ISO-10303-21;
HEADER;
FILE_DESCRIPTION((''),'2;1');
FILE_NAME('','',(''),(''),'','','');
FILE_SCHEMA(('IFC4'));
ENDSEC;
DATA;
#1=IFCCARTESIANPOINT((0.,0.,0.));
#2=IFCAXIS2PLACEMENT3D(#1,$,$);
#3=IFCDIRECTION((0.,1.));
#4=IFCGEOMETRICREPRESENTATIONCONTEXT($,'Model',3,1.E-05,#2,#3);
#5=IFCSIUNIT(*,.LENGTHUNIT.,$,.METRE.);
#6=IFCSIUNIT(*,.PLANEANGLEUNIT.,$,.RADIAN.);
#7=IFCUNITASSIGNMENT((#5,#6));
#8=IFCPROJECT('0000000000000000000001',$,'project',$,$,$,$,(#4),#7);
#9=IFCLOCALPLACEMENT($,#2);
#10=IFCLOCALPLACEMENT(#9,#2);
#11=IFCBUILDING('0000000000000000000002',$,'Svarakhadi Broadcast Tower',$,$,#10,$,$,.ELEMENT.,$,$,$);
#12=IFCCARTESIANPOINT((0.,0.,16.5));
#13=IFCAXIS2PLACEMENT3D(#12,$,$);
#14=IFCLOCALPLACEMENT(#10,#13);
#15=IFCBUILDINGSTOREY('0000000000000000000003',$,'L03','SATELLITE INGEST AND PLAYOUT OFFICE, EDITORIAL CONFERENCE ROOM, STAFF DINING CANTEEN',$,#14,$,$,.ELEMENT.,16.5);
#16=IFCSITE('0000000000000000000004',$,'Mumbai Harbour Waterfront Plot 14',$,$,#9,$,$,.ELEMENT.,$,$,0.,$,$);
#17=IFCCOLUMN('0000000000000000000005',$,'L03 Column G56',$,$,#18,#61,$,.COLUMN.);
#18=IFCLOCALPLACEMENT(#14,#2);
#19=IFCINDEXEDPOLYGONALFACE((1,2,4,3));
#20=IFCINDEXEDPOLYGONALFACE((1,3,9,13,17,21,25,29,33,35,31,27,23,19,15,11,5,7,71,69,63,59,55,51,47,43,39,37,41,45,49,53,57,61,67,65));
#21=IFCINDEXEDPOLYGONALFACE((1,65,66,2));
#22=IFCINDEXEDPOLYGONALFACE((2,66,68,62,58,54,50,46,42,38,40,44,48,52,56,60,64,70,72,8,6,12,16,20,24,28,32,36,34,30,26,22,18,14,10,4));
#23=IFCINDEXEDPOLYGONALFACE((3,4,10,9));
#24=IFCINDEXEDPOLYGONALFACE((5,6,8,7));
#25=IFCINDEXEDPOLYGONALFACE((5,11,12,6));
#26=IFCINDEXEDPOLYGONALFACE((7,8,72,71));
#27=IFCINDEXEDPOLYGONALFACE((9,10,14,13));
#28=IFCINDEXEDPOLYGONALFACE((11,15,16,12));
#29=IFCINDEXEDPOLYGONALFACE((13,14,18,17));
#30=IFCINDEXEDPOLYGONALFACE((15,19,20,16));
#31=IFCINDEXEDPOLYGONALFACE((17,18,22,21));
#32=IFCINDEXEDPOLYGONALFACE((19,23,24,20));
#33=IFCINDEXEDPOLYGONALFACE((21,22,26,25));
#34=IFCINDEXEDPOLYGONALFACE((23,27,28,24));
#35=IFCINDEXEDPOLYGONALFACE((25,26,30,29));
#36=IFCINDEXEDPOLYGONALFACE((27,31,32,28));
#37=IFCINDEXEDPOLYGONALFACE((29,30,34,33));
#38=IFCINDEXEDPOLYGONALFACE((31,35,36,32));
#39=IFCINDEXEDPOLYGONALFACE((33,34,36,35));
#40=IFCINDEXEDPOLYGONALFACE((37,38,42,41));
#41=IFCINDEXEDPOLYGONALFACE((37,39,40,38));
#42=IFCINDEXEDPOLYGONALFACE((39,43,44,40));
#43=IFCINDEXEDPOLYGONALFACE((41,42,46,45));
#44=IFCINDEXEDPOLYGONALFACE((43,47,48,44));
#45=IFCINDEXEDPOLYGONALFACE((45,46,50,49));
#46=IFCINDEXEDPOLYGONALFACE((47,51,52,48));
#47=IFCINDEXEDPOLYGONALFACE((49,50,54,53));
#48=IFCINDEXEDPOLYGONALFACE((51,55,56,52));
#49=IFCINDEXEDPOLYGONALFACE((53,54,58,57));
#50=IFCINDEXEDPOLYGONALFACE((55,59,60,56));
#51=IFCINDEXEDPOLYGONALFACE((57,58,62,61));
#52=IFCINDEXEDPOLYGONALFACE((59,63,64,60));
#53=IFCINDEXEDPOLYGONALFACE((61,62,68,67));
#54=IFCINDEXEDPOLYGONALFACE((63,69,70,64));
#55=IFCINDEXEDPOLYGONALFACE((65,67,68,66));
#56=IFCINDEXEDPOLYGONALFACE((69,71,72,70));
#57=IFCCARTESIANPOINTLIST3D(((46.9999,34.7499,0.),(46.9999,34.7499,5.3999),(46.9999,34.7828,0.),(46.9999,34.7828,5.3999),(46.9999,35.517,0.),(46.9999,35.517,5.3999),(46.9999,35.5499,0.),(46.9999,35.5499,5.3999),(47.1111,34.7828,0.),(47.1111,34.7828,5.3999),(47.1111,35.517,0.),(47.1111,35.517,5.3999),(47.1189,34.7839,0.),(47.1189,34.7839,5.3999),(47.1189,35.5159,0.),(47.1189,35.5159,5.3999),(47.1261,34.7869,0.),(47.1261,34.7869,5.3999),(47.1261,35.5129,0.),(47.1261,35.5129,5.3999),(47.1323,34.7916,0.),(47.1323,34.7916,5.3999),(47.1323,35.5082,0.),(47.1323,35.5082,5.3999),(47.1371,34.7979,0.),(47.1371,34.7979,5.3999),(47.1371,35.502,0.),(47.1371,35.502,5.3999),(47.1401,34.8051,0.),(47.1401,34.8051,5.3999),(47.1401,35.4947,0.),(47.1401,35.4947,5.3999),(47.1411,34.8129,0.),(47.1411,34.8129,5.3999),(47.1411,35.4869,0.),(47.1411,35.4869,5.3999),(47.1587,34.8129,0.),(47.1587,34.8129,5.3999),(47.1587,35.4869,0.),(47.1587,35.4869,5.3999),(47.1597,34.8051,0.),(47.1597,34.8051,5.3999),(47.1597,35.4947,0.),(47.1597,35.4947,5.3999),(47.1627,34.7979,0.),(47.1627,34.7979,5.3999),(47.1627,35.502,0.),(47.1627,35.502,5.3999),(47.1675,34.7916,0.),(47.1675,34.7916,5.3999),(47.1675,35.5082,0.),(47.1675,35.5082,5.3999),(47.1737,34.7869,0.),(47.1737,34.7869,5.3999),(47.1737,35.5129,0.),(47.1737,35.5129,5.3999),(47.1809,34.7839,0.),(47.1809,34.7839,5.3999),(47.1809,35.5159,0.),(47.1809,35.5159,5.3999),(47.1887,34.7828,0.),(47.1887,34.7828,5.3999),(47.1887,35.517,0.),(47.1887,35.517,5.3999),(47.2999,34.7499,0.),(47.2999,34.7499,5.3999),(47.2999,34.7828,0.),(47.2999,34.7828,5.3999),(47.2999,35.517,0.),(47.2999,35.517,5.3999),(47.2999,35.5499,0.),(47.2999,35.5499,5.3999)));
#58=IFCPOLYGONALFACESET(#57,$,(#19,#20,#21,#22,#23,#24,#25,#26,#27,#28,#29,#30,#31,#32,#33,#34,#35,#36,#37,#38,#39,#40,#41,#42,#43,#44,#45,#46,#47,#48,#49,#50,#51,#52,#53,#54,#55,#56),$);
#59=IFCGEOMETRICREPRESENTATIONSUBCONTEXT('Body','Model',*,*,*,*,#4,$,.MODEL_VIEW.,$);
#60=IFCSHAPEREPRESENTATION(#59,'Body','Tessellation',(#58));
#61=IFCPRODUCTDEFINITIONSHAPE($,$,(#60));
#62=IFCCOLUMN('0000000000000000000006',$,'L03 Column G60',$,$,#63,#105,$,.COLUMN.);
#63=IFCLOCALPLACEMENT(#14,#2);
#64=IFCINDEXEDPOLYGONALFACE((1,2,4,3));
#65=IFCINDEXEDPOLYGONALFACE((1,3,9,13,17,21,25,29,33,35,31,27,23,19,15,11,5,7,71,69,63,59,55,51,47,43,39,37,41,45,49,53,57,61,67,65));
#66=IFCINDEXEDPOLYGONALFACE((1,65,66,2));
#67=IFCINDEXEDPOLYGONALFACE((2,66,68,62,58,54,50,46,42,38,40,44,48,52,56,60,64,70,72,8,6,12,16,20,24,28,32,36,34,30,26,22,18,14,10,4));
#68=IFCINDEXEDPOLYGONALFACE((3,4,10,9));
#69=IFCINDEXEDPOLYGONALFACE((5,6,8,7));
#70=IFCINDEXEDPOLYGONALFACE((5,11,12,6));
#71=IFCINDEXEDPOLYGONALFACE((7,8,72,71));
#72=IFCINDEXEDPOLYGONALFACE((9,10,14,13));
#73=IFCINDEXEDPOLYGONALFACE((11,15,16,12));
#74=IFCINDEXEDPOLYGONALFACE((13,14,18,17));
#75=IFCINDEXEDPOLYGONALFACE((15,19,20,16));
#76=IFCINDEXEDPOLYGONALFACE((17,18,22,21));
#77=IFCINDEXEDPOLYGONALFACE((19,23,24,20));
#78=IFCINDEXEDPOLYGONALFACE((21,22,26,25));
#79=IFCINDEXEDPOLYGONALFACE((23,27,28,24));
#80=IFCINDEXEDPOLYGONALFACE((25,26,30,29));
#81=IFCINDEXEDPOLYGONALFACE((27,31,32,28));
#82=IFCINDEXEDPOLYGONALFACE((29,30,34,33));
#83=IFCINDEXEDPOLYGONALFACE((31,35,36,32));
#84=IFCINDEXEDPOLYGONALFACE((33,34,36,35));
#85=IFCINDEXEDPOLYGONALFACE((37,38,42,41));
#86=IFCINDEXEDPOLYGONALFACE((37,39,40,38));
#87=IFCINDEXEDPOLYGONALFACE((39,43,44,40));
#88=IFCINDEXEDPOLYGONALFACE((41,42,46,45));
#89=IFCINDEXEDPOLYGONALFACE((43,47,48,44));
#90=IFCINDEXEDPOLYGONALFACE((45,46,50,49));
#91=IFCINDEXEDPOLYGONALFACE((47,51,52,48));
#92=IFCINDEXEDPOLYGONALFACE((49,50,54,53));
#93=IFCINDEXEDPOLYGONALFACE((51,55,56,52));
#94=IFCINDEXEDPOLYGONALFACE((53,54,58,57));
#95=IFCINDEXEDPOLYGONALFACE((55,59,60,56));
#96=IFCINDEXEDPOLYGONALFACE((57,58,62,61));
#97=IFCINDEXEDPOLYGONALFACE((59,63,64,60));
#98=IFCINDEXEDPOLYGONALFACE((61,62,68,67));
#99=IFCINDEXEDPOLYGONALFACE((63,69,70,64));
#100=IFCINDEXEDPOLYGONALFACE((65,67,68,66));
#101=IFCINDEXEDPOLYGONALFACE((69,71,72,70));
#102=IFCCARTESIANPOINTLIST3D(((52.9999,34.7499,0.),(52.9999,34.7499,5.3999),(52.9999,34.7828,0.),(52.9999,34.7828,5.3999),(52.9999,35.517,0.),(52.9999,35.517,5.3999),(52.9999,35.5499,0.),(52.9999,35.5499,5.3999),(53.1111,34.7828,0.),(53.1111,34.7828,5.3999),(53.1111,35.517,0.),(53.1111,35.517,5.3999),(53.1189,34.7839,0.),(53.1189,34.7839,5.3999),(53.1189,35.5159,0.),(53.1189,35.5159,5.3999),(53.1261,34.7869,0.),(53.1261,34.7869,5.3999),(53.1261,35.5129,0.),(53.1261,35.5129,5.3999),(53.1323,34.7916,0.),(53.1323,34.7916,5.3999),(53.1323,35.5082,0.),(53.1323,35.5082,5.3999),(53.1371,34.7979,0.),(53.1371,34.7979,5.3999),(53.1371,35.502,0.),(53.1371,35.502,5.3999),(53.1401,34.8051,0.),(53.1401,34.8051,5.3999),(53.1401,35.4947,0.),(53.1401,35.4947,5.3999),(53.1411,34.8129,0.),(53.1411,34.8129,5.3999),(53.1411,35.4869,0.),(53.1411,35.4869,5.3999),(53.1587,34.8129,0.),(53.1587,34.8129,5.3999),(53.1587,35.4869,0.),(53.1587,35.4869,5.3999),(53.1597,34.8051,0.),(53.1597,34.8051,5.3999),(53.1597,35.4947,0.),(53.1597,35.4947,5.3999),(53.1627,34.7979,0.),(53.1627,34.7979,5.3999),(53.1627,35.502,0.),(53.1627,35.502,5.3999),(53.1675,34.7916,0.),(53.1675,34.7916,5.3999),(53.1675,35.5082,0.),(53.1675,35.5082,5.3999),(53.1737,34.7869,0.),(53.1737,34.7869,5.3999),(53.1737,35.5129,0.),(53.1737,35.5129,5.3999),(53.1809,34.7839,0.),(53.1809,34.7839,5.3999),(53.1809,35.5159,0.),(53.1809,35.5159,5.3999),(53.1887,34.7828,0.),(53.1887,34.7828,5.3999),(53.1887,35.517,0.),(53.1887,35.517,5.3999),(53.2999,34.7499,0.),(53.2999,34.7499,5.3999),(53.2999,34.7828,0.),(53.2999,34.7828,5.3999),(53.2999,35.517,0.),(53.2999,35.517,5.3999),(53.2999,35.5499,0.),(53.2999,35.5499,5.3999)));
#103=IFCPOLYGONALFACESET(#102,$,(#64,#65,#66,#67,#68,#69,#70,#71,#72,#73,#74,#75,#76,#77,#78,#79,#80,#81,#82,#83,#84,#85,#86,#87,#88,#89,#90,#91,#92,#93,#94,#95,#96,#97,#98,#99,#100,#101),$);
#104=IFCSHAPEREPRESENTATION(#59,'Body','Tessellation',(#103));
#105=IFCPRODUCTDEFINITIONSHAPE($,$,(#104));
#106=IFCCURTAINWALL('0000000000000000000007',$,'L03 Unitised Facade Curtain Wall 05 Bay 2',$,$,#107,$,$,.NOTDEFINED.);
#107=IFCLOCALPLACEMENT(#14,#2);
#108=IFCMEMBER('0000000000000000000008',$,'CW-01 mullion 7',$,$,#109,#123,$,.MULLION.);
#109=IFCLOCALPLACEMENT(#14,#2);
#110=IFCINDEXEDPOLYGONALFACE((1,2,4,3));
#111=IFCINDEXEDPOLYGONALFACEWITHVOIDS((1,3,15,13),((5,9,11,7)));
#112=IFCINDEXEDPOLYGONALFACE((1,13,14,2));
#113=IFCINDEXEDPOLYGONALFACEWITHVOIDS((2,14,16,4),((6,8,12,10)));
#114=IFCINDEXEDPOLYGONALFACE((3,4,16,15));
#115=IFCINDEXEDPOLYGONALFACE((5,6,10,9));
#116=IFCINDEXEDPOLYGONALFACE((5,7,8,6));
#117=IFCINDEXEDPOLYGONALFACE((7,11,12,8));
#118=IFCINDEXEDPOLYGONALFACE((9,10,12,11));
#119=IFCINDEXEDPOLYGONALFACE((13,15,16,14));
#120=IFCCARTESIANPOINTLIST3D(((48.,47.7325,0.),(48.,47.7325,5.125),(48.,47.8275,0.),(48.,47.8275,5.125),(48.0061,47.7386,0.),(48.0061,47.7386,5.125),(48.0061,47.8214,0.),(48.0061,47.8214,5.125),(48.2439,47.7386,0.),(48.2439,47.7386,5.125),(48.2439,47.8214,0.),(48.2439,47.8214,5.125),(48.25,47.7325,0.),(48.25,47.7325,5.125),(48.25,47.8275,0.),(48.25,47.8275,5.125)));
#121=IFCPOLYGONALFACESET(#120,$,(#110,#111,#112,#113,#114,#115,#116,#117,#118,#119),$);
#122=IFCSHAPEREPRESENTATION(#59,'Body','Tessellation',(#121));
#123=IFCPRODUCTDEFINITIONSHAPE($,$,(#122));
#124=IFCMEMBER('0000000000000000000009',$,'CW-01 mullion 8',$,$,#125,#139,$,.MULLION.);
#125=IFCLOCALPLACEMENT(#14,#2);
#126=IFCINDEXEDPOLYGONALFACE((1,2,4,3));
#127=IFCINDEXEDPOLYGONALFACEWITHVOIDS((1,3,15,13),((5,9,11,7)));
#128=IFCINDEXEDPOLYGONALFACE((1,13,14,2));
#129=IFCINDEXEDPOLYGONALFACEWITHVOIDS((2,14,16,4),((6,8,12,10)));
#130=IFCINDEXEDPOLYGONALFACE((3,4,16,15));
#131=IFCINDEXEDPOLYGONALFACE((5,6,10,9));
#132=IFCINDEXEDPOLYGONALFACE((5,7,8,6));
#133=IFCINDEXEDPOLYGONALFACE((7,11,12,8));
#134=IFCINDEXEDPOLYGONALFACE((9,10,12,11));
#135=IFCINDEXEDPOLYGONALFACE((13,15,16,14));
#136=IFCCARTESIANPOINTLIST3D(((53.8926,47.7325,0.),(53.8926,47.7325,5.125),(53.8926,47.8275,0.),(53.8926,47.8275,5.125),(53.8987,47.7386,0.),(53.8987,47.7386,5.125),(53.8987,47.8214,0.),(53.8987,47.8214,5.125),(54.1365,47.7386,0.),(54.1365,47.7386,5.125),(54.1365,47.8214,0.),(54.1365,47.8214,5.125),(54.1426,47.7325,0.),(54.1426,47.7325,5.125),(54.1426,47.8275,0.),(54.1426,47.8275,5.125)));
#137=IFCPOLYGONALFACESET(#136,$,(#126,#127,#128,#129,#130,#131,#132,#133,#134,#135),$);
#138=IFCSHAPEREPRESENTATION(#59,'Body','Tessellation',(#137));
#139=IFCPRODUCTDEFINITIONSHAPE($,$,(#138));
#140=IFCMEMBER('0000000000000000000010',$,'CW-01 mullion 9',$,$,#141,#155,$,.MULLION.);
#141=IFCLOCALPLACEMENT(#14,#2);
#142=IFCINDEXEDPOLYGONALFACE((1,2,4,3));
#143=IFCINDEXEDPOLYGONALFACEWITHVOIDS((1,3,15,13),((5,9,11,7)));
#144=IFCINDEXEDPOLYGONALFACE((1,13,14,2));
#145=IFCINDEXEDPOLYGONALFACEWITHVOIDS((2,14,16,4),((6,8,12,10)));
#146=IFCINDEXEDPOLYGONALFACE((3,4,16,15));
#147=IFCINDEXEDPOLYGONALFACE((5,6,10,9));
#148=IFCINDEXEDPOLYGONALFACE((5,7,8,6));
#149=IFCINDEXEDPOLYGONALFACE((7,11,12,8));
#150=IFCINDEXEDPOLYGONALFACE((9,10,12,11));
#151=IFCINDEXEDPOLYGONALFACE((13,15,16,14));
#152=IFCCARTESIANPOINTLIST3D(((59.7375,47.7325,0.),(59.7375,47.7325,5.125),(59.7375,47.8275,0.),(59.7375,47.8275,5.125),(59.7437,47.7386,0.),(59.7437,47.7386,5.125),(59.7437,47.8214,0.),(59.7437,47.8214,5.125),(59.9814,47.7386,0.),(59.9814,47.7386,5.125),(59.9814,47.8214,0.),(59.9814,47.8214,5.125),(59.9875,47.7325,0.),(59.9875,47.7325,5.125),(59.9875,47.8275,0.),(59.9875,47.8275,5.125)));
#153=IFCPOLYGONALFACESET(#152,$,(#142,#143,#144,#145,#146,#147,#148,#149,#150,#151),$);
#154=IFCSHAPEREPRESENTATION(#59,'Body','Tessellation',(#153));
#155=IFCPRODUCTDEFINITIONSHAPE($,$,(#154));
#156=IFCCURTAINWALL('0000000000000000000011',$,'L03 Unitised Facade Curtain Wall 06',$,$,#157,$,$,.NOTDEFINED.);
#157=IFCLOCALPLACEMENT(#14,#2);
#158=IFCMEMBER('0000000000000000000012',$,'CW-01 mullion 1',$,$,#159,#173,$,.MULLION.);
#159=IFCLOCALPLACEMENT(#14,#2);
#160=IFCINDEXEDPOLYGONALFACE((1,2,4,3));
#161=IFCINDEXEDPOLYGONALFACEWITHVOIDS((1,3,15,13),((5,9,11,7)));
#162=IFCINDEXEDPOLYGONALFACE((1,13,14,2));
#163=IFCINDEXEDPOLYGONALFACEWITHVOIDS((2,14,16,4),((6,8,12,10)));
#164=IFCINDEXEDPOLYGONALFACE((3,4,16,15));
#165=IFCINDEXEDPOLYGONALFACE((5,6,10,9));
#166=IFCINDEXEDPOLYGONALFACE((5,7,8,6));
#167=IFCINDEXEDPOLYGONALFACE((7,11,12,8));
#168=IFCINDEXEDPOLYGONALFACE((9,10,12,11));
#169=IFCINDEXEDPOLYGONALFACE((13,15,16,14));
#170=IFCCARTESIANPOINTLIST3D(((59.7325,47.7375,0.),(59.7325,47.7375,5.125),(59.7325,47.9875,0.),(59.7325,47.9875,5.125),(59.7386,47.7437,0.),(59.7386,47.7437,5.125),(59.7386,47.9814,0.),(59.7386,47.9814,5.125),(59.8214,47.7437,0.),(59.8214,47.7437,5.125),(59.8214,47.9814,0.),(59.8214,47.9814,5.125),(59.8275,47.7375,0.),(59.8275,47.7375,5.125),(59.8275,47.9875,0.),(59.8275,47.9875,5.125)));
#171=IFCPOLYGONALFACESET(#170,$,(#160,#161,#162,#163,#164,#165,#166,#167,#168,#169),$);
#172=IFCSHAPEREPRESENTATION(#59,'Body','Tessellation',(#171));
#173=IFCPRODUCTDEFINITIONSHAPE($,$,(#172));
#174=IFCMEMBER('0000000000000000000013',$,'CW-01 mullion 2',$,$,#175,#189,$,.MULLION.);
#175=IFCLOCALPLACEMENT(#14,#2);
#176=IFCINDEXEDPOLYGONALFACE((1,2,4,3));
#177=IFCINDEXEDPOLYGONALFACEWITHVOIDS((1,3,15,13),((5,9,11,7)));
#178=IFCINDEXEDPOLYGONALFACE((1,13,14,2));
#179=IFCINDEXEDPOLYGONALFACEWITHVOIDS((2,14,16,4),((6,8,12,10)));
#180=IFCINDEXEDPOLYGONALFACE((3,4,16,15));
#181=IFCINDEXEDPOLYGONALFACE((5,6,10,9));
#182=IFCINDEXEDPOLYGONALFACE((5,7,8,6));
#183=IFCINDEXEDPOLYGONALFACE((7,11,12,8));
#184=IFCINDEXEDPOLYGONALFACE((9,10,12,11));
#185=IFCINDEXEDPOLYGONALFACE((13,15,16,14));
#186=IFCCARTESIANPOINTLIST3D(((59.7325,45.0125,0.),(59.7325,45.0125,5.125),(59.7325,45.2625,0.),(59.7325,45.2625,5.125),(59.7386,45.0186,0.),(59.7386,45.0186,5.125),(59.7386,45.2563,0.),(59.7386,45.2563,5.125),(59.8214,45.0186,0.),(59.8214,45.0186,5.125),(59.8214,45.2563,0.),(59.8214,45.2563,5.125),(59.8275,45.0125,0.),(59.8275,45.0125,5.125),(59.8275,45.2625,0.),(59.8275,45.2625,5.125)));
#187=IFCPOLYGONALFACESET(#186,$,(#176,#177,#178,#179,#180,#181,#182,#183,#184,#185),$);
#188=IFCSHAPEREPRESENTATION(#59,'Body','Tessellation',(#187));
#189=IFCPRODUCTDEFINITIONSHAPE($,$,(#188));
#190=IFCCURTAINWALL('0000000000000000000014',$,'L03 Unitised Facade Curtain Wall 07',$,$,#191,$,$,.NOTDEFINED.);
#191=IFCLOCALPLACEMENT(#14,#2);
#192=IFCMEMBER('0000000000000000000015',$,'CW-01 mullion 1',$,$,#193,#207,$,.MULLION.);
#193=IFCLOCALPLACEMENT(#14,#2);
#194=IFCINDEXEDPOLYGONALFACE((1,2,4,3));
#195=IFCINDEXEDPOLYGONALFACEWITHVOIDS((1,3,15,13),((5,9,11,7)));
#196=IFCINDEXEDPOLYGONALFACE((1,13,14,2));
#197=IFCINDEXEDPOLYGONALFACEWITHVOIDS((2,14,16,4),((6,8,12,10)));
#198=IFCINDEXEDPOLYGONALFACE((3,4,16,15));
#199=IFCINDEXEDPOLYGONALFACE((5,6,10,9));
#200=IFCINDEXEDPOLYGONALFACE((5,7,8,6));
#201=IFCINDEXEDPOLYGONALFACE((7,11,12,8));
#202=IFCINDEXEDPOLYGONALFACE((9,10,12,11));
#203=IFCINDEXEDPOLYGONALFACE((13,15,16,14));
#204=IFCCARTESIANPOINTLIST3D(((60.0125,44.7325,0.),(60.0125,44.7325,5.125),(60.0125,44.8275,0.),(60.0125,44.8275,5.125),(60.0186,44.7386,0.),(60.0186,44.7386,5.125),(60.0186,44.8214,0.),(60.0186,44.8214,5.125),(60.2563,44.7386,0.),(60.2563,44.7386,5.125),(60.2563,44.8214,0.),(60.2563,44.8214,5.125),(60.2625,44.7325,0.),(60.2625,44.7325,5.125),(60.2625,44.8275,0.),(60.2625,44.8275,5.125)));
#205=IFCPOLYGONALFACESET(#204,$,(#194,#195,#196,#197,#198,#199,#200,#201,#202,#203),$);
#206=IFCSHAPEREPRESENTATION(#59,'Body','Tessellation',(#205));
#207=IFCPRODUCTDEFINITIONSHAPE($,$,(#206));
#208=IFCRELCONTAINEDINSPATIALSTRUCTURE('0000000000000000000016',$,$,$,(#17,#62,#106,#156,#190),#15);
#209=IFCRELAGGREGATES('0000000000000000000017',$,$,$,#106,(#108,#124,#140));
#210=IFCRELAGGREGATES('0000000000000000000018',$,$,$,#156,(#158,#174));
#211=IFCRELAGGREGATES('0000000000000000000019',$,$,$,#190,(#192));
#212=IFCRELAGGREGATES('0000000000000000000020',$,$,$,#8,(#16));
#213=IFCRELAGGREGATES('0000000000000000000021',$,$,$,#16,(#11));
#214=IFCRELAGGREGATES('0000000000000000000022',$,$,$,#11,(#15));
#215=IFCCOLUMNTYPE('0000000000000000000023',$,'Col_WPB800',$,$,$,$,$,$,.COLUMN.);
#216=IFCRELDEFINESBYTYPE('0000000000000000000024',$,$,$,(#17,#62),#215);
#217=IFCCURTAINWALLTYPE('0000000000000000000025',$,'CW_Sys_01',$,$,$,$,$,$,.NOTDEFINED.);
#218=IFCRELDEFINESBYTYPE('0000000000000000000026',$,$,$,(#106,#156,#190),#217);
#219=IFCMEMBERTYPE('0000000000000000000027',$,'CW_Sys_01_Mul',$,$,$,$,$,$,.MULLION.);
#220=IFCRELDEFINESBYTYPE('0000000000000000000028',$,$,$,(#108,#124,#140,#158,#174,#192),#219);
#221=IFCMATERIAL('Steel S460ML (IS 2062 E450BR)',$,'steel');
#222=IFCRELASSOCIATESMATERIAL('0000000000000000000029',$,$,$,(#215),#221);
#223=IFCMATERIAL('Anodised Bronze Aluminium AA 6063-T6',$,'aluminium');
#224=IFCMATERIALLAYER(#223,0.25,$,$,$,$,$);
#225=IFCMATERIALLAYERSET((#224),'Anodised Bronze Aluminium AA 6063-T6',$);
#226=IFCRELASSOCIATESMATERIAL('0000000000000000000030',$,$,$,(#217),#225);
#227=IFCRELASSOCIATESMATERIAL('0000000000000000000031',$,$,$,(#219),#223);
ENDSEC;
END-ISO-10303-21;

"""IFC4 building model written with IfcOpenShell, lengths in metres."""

from ifc_helpers import new_model, si_unit, direction, frame, origin, origin_2d, place, context, subcontext, project, spatial, hollow_rectangle, i_section, extrude, material, layer, layer_set, material_profile, profile_set, type_object, element, aggregate, save


model = new_model("IFC4")

# Units and contexts
model_context = context("Model", 3, precision=1e-05, world=origin(), true_north=direction((0.0, 1.0)))
body_context = subcontext(model_context, "Body", "Model", "MODEL_VIEW")
ifc_project = project(units=[si_unit("LENGTHUNIT", "METRE"), si_unit("PLANEANGLEUNIT", "RADIAN")], contexts=[model_context])

# Site, building, storey
site_placement = place(None, origin())
site = spatial("IfcSite", under=ifc_project, at=site_placement, Name="Mumbai Harbour Waterfront Plot 14", CompositionType="ELEMENT", RefElevation=0.0)
building_placement = place(site_placement, origin())
building = spatial("IfcBuilding", under=site, at=building_placement, Name="Svarakhadi Broadcast Tower", CompositionType="ELEMENT")
storey_placement = place(building_placement, frame((0.0, 0.0, 16.5)))
storey = spatial("IfcBuildingStorey", under=building, at=storey_placement, Name="L03", Description="SATELLITE INGEST AND PLAYOUT OFFICE, EDITORIAL CONFERENCE ROOM, STAFF DINING CANTEEN", CompositionType="ELEMENT", Elevation=16.5)

# Columns
ifc_material_1 = material(Name="Steel S460ML (IS 2062 E450BR)", Category="steel")
ifc_material_profile_1 = material_profile(ifc_material_1, i_section(OverallWidth=0.3, OverallDepth=0.8, WebThickness=0.0176, FlangeThickness=0.033, FilletRadius=0.03, at=origin_2d()), Name="WPB 800x300x262")
ifc_profile_set_1 = profile_set([ifc_material_profile_1], Name="Steel S460ML (IS 2062 E450BR)")
column_type = type_object("IfcColumnType", Name="Col_WPB800", PredefinedType="COLUMN", material=ifc_profile_set_1)
for number, where, z_axis, x_axis, name in (
    (1, (47.1499, 35.1499, 0.0), (0.0, 0.0, 1.0), (1.0, 0.0, 0.0), "L03 Column G56"),
    (2, (53.1499, 35.1499, 0.0), (0.0, 0.0, 1.0), (1.0, 0.0, 0.0), "L03 Column G60"),
):
    element("IfcColumn", number, at=place(storey_placement, frame(where, z_axis=z_axis, x_axis=x_axis)), inside=storey, type_object=column_type, Name=name, PredefinedType="COLUMN", context=body_context, shape_type="SweptSolid", body=[
        extrude(i_section(OverallWidth=0.3, OverallDepth=0.8, WebThickness=0.0176, FlangeThickness=0.033, FilletRadius=0.03, at=origin_2d()), origin(), (0.0, 0.0, 1.0), 5.3999),
    ])

# Curtain walls, members
ifc_material_2 = material(Name="Anodised Bronze Aluminium AA 6063-T6", Category="aluminium")
ifc_layer_1 = layer(ifc_material_2, 0.25)
ifc_layer_set_1 = layer_set([ifc_layer_1], Name="Anodised Bronze Aluminium AA 6063-T6")
curtain_wall_type = type_object("IfcCurtainWallType", Name="CW_Sys_01", PredefinedType="NOTDEFINED", material=ifc_layer_set_1)
curtain_wall_1_placement = place(storey_placement, origin())
curtain_wall_1 = element("IfcCurtainWall", 3, at=curtain_wall_1_placement, inside=storey, type_object=curtain_wall_type, Name="L03 Unitised Facade Curtain Wall 05 Bay 2", PredefinedType="NOTDEFINED")
ifc_material_profile_2 = material_profile(ifc_material_2, hollow_rectangle(XDim=0.095, YDim=0.25, WallThickness=0.0061, at=origin_2d()), Name="ALU MULLION 250x95x6")
ifc_profile_set_2 = profile_set([ifc_material_profile_2], Name="Anodised Bronze Aluminium AA 6063-T6")
member_type_1 = type_object("IfcMemberType", Name="CW_Sys_01_Mul", PredefinedType="MULLION", material=ifc_profile_set_2)
member_1_placement = place(storey_placement, frame((48.125, 47.78, 0.0), z_axis=(0.0, 0.0, 1.0), x_axis=(0.0, 1.0, 0.0)))
member_1 = element("IfcMember", 4, at=member_1_placement, type_object=member_type_1, Name="CW-01 mullion 7", PredefinedType="MULLION", context=body_context, shape_type="SweptSolid", body=[
    extrude(hollow_rectangle(XDim=0.095, YDim=0.25, WallThickness=0.0061, at=origin_2d()), origin(), (0.0, 0.0, 1.0), 5.125),
])
member_2_placement = place(storey_placement, frame((54.0176, 47.78, 0.0), z_axis=(0.0, 0.0, 1.0), x_axis=(0.0, 1.0, 0.0)))
member_2 = element("IfcMember", 5, at=member_2_placement, type_object=member_type_1, Name="CW-01 mullion 8", PredefinedType="MULLION", context=body_context, shape_type="SweptSolid", body=[
    extrude(hollow_rectangle(XDim=0.095, YDim=0.25, WallThickness=0.0061, at=origin_2d()), origin(), (0.0, 0.0, 1.0), 5.125),
])
member_3_placement = place(storey_placement, frame((59.8625, 47.78, 0.0), z_axis=(0.0, 0.0, 1.0), x_axis=(0.0, 1.0, 0.0)))
member_3 = element("IfcMember", 6, at=member_3_placement, type_object=member_type_1, Name="CW-01 mullion 9", PredefinedType="MULLION", context=body_context, shape_type="SweptSolid", body=[
    extrude(hollow_rectangle(XDim=0.095, YDim=0.25, WallThickness=0.0061, at=origin_2d()), origin(), (0.0, 0.0, 1.0), 5.125),
])
curtain_wall_2_placement = place(storey_placement, origin())
curtain_wall_2 = element("IfcCurtainWall", 7, at=curtain_wall_2_placement, inside=storey, type_object=curtain_wall_type, Name="L03 Unitised Facade Curtain Wall 06", PredefinedType="NOTDEFINED")
member_4_placement = place(storey_placement, frame((59.78, 47.8625, 0.0), z_axis=(0.0, 0.0, 1.0), x_axis=(1.0, 0.0, 0.0)))
member_4 = element("IfcMember", 8, at=member_4_placement, type_object=member_type_1, Name="CW-01 mullion 1", PredefinedType="MULLION", context=body_context, shape_type="SweptSolid", body=[
    extrude(hollow_rectangle(XDim=0.095, YDim=0.25, WallThickness=0.0061, at=origin_2d()), origin(), (0.0, 0.0, 1.0), 5.125),
])
member_5_placement = place(storey_placement, frame((59.78, 45.1375, 0.0), z_axis=(0.0, 0.0, 1.0), x_axis=(1.0, 0.0, 0.0)))
member_5 = element("IfcMember", 9, at=member_5_placement, type_object=member_type_1, Name="CW-01 mullion 2", PredefinedType="MULLION", context=body_context, shape_type="SweptSolid", body=[
    extrude(hollow_rectangle(XDim=0.095, YDim=0.25, WallThickness=0.0061, at=origin_2d()), origin(), (0.0, 0.0, 1.0), 5.125),
])
curtain_wall_3_placement = place(storey_placement, origin())
curtain_wall_3 = element("IfcCurtainWall", 10, at=curtain_wall_3_placement, inside=storey, type_object=curtain_wall_type, Name="L03 Unitised Facade Curtain Wall 07", PredefinedType="NOTDEFINED")
member_6_placement = place(storey_placement, frame((60.1375, 44.78, 0.0), z_axis=(0.0, 0.0, 1.0), x_axis=(0.0, 1.0, 0.0)))
member_6 = element("IfcMember", 11, at=member_6_placement, type_object=member_type_1, Name="CW-01 mullion 1", PredefinedType="MULLION", context=body_context, shape_type="SweptSolid", body=[
    extrude(hollow_rectangle(XDim=0.095, YDim=0.25, WallThickness=0.0061, at=origin_2d()), origin(), (0.0, 0.0, 1.0), 5.125),
])

aggregate(curtain_wall_1, [member_1, member_2, member_3])
aggregate(curtain_wall_2, [member_4, member_5])
aggregate(curtain_wall_3, [member_6])

save(model, "model.ifc")
